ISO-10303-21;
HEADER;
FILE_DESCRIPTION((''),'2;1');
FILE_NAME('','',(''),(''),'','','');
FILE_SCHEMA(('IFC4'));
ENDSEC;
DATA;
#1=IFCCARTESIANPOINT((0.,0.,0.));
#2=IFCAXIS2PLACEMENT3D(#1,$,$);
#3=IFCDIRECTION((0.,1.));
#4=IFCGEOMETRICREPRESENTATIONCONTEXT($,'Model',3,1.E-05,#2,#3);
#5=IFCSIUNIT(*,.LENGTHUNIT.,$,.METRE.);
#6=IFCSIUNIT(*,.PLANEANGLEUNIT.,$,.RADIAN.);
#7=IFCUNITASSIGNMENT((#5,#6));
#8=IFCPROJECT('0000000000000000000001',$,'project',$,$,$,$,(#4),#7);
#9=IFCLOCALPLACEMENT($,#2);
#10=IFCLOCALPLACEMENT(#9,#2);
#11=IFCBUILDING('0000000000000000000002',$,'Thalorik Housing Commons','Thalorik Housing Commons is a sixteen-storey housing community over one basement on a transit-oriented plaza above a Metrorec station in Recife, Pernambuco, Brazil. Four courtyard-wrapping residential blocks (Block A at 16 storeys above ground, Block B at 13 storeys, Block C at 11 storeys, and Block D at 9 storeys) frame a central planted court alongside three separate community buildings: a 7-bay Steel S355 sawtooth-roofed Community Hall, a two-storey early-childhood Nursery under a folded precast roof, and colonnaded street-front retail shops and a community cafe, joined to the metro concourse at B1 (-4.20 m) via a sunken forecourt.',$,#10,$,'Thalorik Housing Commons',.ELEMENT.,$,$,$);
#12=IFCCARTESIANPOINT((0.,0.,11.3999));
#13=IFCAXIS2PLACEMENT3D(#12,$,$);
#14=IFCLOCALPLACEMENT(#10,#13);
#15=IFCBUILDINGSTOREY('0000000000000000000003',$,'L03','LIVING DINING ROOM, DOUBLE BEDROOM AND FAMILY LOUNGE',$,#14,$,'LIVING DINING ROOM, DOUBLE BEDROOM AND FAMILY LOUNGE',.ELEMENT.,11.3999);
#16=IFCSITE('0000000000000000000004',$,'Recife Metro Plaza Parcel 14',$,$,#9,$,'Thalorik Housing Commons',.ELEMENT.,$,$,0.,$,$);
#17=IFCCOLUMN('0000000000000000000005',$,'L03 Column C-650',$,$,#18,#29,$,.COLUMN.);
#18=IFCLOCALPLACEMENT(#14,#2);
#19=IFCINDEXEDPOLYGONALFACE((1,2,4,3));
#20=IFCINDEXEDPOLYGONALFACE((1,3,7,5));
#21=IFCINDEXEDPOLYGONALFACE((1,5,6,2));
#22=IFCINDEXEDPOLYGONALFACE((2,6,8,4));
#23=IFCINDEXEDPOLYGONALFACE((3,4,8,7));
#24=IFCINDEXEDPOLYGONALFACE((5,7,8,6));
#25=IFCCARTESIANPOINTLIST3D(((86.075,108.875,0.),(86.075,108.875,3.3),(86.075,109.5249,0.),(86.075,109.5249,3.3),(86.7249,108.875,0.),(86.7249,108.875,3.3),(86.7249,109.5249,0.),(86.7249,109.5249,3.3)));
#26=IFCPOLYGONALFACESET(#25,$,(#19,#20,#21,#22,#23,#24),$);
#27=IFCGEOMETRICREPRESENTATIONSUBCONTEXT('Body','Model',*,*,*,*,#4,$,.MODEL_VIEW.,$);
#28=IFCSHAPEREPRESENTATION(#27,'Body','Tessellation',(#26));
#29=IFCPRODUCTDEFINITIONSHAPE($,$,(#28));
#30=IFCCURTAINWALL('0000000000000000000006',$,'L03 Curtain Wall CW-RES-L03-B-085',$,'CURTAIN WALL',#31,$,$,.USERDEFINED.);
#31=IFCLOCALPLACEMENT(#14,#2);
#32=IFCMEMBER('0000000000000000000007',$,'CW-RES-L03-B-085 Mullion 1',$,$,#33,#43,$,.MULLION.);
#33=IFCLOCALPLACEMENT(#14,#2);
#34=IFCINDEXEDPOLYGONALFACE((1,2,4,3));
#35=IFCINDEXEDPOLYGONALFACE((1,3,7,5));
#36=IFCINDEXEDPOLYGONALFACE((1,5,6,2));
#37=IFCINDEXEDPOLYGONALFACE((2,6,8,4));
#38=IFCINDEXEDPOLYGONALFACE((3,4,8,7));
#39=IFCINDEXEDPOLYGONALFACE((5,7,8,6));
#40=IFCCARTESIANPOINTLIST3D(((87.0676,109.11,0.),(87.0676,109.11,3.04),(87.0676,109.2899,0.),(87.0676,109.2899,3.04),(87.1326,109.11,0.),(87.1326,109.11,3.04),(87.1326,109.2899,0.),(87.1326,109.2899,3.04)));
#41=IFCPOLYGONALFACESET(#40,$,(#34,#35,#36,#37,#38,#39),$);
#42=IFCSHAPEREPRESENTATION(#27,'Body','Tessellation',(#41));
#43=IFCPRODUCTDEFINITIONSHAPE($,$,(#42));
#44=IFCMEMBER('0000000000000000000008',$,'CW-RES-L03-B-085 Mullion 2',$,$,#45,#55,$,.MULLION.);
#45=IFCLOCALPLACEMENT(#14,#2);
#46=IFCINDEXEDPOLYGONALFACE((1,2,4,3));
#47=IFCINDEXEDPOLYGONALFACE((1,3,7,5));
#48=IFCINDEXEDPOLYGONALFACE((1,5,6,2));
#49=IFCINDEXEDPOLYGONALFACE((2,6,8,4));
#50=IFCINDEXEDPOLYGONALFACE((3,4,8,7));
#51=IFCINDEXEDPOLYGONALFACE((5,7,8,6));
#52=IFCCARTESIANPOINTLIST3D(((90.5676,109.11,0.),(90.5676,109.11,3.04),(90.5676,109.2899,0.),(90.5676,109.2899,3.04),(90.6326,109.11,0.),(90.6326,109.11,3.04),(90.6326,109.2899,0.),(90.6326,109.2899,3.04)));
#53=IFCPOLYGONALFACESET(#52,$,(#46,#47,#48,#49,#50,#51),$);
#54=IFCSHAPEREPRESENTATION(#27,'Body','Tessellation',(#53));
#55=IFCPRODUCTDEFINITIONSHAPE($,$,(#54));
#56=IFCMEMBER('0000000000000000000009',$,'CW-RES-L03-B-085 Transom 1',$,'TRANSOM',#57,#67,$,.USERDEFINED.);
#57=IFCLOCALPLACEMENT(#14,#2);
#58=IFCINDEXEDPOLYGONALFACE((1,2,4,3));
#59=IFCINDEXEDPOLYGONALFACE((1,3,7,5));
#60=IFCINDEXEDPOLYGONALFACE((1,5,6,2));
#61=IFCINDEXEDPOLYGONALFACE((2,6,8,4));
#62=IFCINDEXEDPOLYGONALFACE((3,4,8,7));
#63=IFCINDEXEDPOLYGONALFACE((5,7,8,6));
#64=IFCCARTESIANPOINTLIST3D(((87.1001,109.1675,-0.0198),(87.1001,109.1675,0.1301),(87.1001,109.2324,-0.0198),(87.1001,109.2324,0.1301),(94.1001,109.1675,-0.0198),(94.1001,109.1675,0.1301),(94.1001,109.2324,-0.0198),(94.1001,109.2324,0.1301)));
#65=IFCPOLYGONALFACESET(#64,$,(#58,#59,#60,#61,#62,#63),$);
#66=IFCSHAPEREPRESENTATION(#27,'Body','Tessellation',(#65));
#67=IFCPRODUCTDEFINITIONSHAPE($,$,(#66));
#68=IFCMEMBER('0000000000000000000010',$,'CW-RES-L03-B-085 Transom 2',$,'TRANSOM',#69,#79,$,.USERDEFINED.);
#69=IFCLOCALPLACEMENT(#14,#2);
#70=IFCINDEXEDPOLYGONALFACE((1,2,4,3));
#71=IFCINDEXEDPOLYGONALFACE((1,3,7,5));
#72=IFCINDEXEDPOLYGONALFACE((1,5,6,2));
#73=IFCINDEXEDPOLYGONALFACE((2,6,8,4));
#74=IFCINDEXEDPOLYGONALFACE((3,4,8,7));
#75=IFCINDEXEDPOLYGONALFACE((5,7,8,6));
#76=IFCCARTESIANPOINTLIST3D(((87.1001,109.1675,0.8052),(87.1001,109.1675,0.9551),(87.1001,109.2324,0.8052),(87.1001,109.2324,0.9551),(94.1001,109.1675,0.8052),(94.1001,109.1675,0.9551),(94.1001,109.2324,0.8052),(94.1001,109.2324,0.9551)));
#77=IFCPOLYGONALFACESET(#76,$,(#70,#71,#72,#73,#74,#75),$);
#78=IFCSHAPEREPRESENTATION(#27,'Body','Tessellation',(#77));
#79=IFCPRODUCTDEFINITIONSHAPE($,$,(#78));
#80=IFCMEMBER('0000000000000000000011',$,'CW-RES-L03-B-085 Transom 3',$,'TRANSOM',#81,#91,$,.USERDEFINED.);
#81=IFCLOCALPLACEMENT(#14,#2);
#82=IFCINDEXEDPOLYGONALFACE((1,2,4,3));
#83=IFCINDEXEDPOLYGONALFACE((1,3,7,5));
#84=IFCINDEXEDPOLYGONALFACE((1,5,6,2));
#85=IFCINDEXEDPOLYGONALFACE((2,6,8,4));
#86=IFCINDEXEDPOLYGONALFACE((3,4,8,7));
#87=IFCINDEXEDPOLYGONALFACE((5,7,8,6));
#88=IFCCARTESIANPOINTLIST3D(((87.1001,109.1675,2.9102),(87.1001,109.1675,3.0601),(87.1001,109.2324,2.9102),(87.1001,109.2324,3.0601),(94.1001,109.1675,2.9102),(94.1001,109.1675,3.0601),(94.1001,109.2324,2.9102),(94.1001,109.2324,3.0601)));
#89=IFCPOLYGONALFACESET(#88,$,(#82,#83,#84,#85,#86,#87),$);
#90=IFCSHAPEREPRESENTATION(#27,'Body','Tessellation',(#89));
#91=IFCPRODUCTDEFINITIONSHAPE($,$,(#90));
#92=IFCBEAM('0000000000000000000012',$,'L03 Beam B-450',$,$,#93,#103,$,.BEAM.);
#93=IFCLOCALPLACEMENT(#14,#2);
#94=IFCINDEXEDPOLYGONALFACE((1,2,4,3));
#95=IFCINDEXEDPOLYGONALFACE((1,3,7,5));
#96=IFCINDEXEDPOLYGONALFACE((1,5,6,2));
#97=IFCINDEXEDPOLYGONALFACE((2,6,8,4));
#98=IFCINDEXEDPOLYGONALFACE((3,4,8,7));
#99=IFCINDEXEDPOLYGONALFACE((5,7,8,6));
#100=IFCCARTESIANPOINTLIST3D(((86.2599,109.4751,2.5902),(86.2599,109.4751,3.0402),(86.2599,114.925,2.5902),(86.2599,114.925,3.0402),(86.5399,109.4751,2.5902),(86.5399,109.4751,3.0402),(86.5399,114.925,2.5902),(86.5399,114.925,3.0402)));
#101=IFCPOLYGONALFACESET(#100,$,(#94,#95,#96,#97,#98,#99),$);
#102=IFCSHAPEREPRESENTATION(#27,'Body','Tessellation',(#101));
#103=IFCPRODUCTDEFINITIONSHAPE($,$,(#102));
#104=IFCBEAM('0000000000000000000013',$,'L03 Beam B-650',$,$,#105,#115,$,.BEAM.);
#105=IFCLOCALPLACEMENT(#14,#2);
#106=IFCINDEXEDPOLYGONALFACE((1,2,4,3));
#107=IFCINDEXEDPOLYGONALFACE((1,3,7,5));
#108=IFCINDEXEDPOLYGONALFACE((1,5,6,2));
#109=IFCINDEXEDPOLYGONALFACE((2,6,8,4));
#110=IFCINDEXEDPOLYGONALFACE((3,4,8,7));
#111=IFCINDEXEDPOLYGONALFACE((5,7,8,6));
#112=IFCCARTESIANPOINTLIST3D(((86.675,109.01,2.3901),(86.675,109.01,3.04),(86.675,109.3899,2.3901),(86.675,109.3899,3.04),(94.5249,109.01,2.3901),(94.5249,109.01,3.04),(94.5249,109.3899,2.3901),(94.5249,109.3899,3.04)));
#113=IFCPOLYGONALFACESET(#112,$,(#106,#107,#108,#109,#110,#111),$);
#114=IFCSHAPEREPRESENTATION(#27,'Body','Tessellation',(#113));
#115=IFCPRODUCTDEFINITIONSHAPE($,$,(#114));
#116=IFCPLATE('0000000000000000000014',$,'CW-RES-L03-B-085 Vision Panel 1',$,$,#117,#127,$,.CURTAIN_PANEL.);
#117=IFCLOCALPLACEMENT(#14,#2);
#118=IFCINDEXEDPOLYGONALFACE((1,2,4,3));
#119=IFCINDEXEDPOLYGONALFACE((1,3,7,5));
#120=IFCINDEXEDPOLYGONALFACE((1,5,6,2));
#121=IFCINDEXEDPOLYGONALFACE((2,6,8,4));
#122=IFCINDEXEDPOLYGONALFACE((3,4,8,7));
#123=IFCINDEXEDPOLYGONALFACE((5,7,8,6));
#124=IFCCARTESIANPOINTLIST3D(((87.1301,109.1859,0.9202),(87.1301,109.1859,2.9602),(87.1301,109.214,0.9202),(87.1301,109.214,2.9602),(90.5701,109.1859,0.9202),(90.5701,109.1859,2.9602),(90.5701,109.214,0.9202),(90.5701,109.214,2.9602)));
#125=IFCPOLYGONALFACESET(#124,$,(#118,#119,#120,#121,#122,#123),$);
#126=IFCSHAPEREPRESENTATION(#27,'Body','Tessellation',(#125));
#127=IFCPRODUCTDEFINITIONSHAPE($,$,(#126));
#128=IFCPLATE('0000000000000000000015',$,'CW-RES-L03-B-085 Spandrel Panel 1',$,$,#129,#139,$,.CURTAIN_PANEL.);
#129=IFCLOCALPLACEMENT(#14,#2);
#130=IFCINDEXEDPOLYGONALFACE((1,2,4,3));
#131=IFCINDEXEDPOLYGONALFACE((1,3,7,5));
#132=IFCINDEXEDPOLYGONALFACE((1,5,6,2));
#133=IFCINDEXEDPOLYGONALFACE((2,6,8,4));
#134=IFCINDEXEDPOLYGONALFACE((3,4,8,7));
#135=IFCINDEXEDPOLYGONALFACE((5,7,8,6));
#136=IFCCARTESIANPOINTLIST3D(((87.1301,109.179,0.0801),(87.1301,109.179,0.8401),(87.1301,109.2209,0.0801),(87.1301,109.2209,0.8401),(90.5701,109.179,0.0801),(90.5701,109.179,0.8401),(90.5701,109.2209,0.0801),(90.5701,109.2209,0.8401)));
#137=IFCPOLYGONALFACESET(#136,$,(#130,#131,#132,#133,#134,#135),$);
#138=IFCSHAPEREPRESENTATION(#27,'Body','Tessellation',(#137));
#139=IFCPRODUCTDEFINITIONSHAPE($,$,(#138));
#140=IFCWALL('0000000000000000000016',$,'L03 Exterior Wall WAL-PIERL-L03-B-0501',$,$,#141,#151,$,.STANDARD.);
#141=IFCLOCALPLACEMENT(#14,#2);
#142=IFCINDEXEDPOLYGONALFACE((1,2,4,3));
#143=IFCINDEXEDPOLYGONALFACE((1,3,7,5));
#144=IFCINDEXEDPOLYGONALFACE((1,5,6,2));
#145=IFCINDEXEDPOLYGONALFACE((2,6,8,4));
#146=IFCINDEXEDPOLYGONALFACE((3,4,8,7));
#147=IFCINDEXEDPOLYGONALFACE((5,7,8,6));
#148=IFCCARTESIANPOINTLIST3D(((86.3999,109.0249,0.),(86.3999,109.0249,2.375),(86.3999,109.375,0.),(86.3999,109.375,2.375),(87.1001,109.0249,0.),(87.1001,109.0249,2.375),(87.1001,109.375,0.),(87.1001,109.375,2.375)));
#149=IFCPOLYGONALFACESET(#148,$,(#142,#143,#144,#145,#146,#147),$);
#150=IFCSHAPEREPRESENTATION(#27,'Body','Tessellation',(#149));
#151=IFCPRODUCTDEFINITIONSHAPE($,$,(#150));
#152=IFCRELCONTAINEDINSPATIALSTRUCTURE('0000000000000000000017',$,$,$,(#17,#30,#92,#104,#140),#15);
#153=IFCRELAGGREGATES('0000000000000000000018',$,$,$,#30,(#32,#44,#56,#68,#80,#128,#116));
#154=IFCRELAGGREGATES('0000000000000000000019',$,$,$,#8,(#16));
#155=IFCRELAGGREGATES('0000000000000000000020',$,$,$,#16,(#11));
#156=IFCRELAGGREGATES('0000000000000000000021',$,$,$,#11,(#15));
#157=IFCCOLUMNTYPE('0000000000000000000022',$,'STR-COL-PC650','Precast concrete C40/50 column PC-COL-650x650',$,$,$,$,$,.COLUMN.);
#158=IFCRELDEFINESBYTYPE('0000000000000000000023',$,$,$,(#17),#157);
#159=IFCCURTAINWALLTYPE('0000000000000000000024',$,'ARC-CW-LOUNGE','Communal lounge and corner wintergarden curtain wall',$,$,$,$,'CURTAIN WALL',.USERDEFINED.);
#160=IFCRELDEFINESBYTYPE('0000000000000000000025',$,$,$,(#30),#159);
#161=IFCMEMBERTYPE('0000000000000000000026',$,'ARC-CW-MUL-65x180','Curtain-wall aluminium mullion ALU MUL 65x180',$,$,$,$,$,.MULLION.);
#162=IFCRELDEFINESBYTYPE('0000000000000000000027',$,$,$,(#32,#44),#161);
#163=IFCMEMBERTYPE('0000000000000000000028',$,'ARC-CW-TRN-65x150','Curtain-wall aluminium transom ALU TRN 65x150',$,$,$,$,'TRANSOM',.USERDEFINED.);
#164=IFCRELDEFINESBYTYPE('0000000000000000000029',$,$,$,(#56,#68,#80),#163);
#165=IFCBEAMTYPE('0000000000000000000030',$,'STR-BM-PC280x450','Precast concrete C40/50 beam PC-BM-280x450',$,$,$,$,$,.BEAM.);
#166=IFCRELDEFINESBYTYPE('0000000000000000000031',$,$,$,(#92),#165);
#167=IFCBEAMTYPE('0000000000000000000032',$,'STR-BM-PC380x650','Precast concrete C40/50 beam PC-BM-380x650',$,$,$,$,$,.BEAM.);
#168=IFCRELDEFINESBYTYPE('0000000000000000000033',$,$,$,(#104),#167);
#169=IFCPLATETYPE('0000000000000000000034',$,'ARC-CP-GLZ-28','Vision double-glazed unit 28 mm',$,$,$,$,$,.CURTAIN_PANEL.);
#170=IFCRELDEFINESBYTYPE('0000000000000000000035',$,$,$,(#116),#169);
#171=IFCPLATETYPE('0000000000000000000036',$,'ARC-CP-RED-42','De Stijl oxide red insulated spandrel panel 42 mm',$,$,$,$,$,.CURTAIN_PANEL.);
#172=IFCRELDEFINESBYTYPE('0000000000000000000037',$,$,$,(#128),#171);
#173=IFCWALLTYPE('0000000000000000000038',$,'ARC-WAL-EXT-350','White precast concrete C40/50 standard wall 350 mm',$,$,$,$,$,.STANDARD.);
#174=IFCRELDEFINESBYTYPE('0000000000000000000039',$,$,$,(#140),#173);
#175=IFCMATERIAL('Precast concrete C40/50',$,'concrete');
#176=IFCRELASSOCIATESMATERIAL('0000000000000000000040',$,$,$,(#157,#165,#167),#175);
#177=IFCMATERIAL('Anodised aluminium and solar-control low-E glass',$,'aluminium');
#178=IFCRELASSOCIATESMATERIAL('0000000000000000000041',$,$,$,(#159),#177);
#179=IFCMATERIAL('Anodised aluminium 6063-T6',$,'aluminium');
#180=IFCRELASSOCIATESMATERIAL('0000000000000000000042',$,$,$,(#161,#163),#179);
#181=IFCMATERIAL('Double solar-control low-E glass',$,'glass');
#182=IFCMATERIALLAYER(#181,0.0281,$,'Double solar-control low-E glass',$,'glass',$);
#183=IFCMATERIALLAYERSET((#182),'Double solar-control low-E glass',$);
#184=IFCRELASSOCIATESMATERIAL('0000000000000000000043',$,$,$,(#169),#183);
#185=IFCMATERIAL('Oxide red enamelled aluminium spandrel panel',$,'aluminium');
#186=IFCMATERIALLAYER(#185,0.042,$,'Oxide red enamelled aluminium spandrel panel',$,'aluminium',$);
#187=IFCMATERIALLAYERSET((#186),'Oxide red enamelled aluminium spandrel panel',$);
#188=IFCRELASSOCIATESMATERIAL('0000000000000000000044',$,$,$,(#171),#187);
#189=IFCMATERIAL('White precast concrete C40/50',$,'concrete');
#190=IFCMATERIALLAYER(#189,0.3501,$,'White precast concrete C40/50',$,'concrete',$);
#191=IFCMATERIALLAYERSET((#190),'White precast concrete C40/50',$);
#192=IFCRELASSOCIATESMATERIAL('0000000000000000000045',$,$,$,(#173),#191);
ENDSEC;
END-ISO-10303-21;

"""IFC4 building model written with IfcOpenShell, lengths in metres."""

from ifc_helpers import new_model, si_unit, direction, frame, frame_2d, origin, origin_2d, place, context, subcontext, project, spatial, rectangle, extrude, material, layer, layer_set, material_profile, profile_set, type_object, element, aggregate, save


model = new_model("IFC4")

# Units and contexts
model_context = context("Model", 3, precision=1e-05, world=origin(), true_north=direction((0.0, 1.0)))
body_context = subcontext(model_context, "Body", "Model", "MODEL_VIEW")
ifc_project = project(units=[si_unit("LENGTHUNIT", "METRE"), si_unit("PLANEANGLEUNIT", "RADIAN")], contexts=[model_context])

# Site, building, storey
site_placement = place(None, origin())
site = spatial("IfcSite", under=ifc_project, at=site_placement, Name="Recife Metro Plaza Parcel 14", LongName="Thalorik Housing Commons", CompositionType="ELEMENT", RefElevation=0.0)
building_placement = place(site_placement, origin())
building = spatial("IfcBuilding", under=site, at=building_placement, Name="Thalorik Housing Commons", Description="Thalorik Housing Commons is a sixteen-storey housing community over one basement on a transit-oriented plaza above a Metrorec station in Recife, Pernambuco, Brazil. Four courtyard-wrapping residential blocks (Block A at 16 storeys above ground, Block B at 13 storeys, Block C at 11 storeys, and Block D at 9 storeys) frame a central planted court alongside three separate community buildings: a 7-bay Steel S355 sawtooth-roofed Community Hall, a two-storey early-childhood Nursery under a folded precast roof, and colonnaded street-front retail shops and a community cafe, joined to the metro concourse at B1 (-4.20 m) via a sunken forecourt.", LongName="Thalorik Housing Commons", CompositionType="ELEMENT")
storey_placement = place(building_placement, frame((0.0, 0.0, 11.3999)))
storey = spatial("IfcBuildingStorey", under=building, at=storey_placement, Name="L03", Description="LIVING DINING ROOM, DOUBLE BEDROOM AND FAMILY LOUNGE", LongName="LIVING DINING ROOM, DOUBLE BEDROOM AND FAMILY LOUNGE", CompositionType="ELEMENT", Elevation=11.3999)

# Column
ifc_material_1 = material(Name="Precast concrete C40/50", Category="concrete")
ifc_material_profile_1 = material_profile(ifc_material_1, rectangle(XDim=0.6499, YDim=0.6499, at=origin_2d()), Name="PC 650x650", Category="concrete")
ifc_profile_set_1 = profile_set([ifc_material_profile_1], Name="Precast concrete C40/50")
column_type = type_object("IfcColumnType", Name="STR-COL-PC650", Description="Precast concrete C40/50 column PC-COL-650x650", PredefinedType="COLUMN", material=ifc_profile_set_1)
column_placement = place(storey_placement, frame((86.3999, 109.2, 0.0), z_axis=(0.0, 0.0, 1.0), x_axis=(1.0, 0.0, 0.0)))
element("IfcColumn", 1, at=column_placement, inside=storey, type_object=column_type, Name="L03 Column C-650", PredefinedType="COLUMN", context=body_context, shape_type="SweptSolid", body=[
    extrude(rectangle(XDim=0.6499, YDim=0.6499, at=origin_2d()), origin(), (0.0, 0.0, 1.0), 3.3),
])

# Curtain wall, members
ifc_material_2 = material(Name="Anodised aluminium and solar-control low-E glass", Category="aluminium")
curtain_wall_type = type_object("IfcCurtainWallType", Name="ARC-CW-LOUNGE", Description="Communal lounge and corner wintergarden curtain wall", ElementType="CURTAIN WALL", PredefinedType="USERDEFINED", material=ifc_material_2)
curtain_wall_placement = place(storey_placement, origin())
curtain_wall = element("IfcCurtainWall", 2, at=curtain_wall_placement, inside=storey, type_object=curtain_wall_type, Name="L03 Curtain Wall CW-RES-L03-B-085", ObjectType="CURTAIN WALL", PredefinedType="USERDEFINED")
ifc_material_3 = material(Name="Anodised aluminium 6063-T6", Category="aluminium")
ifc_material_profile_2 = material_profile(ifc_material_3, rectangle(XDim=0.0649, YDim=0.1799, at=origin_2d()), Name="ALU MUL 65x180", Category="aluminium")
ifc_profile_set_2 = profile_set([ifc_material_profile_2], Name="Anodised aluminium 6063-T6")
member_type_1 = type_object("IfcMemberType", Name="ARC-CW-MUL-65x180", Description="Curtain-wall aluminium mullion ALU MUL 65x180", PredefinedType="MULLION", material=ifc_profile_set_2)
member_1_placement = place(storey_placement, frame((87.1001, 109.2, 0.0), z_axis=(0.0, 0.0, 1.0), x_axis=(1.0, 0.0, 0.0)))
member_1 = element("IfcMember", 3, at=member_1_placement, type_object=member_type_1, Name="CW-RES-L03-B-085 Mullion 1", PredefinedType="MULLION", context=body_context, shape_type="SweptSolid", body=[
    extrude(rectangle(XDim=0.0649, YDim=0.1799, at=origin_2d()), origin(), (0.0, 0.0, 1.0), 3.04),
])
member_2_placement = place(storey_placement, frame((90.6001, 109.2, 0.0), z_axis=(0.0, 0.0, 1.0), x_axis=(1.0, 0.0, 0.0)))
member_2 = element("IfcMember", 4, at=member_2_placement, type_object=member_type_1, Name="CW-RES-L03-B-085 Mullion 2", PredefinedType="MULLION", context=body_context, shape_type="SweptSolid", body=[
    extrude(rectangle(XDim=0.0649, YDim=0.1799, at=origin_2d()), origin(), (0.0, 0.0, 1.0), 3.04),
])
ifc_material_profile_3 = material_profile(ifc_material_3, rectangle(XDim=0.0649, YDim=0.1499, at=origin_2d()), Name="ALU TRN 65x150", Category="aluminium")
ifc_profile_set_3 = profile_set([ifc_material_profile_3], Name="Anodised aluminium 6063-T6")
member_type_2 = type_object("IfcMemberType", Name="ARC-CW-TRN-65x150", Description="Curtain-wall aluminium transom ALU TRN 65x150", ElementType="TRANSOM", PredefinedType="USERDEFINED", material=ifc_profile_set_3)
member_3_placement = place(storey_placement, frame((87.1001, 109.2, 0.0552), z_axis=(1.0, 0.0, 0.0), x_axis=(0.0, 1.0, 0.0)))
member_3 = element("IfcMember", 5, at=member_3_placement, type_object=member_type_2, Name="CW-RES-L03-B-085 Transom 1", ObjectType="TRANSOM", PredefinedType="USERDEFINED", context=body_context, shape_type="SweptSolid", body=[
    extrude(rectangle(XDim=0.0649, YDim=0.1499, at=origin_2d()), origin(), (0.0, 0.0, 1.0), 7.0),
])
member_4_placement = place(storey_placement, frame((87.1001, 109.2, 0.8801), z_axis=(1.0, 0.0, 0.0), x_axis=(0.0, 1.0, 0.0)))
member_4 = element("IfcMember", 6, at=member_4_placement, type_object=member_type_2, Name="CW-RES-L03-B-085 Transom 2", ObjectType="TRANSOM", PredefinedType="USERDEFINED", context=body_context, shape_type="SweptSolid", body=[
    extrude(rectangle(XDim=0.0649, YDim=0.1499, at=origin_2d()), origin(), (0.0, 0.0, 1.0), 7.0),
])
member_5_placement = place(storey_placement, frame((87.1001, 109.2, 2.9851), z_axis=(1.0, 0.0, 0.0), x_axis=(0.0, 1.0, 0.0)))
member_5 = element("IfcMember", 7, at=member_5_placement, type_object=member_type_2, Name="CW-RES-L03-B-085 Transom 3", ObjectType="TRANSOM", PredefinedType="USERDEFINED", context=body_context, shape_type="SweptSolid", body=[
    extrude(rectangle(XDim=0.0649, YDim=0.1499, at=origin_2d()), origin(), (0.0, 0.0, 1.0), 7.0),
])

# Beams
ifc_material_profile_4 = material_profile(ifc_material_1, rectangle(XDim=0.28, YDim=0.45, at=origin_2d()), Name="PC 280x450", Category="concrete")
ifc_profile_set_4 = profile_set([ifc_material_profile_4], Name="Precast concrete C40/50")
beam_type_1 = type_object("IfcBeamType", Name="STR-BM-PC280x450", Description="Precast concrete C40/50 beam PC-BM-280x450", PredefinedType="BEAM", material=ifc_profile_set_4)
beam_1_placement = place(storey_placement, frame((86.3999, 109.4751, 2.8152), z_axis=(0.0, 1.0, 0.0), x_axis=(-1.0, 0.0, 0.0)))
element("IfcBeam", 8, at=beam_1_placement, inside=storey, type_object=beam_type_1, Name="L03 Beam B-450", PredefinedType="BEAM", context=body_context, shape_type="SweptSolid", body=[
    extrude(rectangle(XDim=0.28, YDim=0.45, at=origin_2d()), origin(), (0.0, 0.0, 1.0), 5.45),
])
ifc_material_profile_5 = material_profile(ifc_material_1, rectangle(XDim=0.3799, YDim=0.6499, at=origin_2d()), Name="PC 380x650", Category="concrete")
ifc_profile_set_5 = profile_set([ifc_material_profile_5], Name="Precast concrete C40/50")
beam_type_2 = type_object("IfcBeamType", Name="STR-BM-PC380x650", Description="Precast concrete C40/50 beam PC-BM-380x650", PredefinedType="BEAM", material=ifc_profile_set_5)
beam_2_placement = place(storey_placement, frame((86.675, 109.2, 2.7151), z_axis=(1.0, 0.0, 0.0), x_axis=(0.0, 1.0, 0.0)))
element("IfcBeam", 9, at=beam_2_placement, inside=storey, type_object=beam_type_2, Name="L03 Beam B-650", PredefinedType="BEAM", context=body_context, shape_type="SweptSolid", body=[
    extrude(rectangle(XDim=0.3799, YDim=0.6499, at=origin_2d()), origin(), (0.0, 0.0, 1.0), 7.8499),
])

# Plates
ifc_material_4 = material(Name="Double solar-control low-E glass", Category="glass")
ifc_layer_1 = layer(ifc_material_4, 0.0281, Name="Double solar-control low-E glass", Category="glass")
ifc_layer_set_1 = layer_set([ifc_layer_1], Name="Double solar-control low-E glass")
plate_type_1 = type_object("IfcPlateType", Name="ARC-CP-GLZ-28", Description="Vision double-glazed unit 28 mm", PredefinedType="CURTAIN_PANEL", material=ifc_layer_set_1)
plate_1_placement = place(storey_placement, frame((88.8501, 109.2, 0.9202), z_axis=(0.0, 0.0, 1.0), x_axis=(1.0, 0.0, 0.0)))
plate_1 = element("IfcPlate", 10, at=plate_1_placement, type_object=plate_type_1, Name="CW-RES-L03-B-085 Vision Panel 1", PredefinedType="CURTAIN_PANEL", context=body_context, shape_type="SweptSolid", body=[
    extrude(rectangle(XDim=3.4399, YDim=0.0281, at=origin_2d()), origin(), (0.0, 0.0, 1.0), 2.04),
])
ifc_material_5 = material(Name="Oxide red enamelled aluminium spandrel panel", Category="aluminium")
ifc_layer_2 = layer(ifc_material_5, 0.042, Name="Oxide red enamelled aluminium spandrel panel", Category="aluminium")
ifc_layer_set_2 = layer_set([ifc_layer_2], Name="Oxide red enamelled aluminium spandrel panel")
plate_type_2 = type_object("IfcPlateType", Name="ARC-CP-RED-42", Description="De Stijl oxide red insulated spandrel panel 42 mm", PredefinedType="CURTAIN_PANEL", material=ifc_layer_set_2)
plate_2_placement = place(storey_placement, frame((88.8501, 109.2, 0.0801), z_axis=(0.0, 0.0, 1.0), x_axis=(1.0, 0.0, 0.0)))
plate_2 = element("IfcPlate", 11, at=plate_2_placement, type_object=plate_type_2, Name="CW-RES-L03-B-085 Spandrel Panel 1", PredefinedType="CURTAIN_PANEL", context=body_context, shape_type="SweptSolid", body=[
    extrude(rectangle(XDim=3.4399, YDim=0.042, at=origin_2d()), origin(), (0.0, 0.0, 1.0), 0.76),
])
aggregate(curtain_wall, [member_1, member_2, member_3, member_4, member_5, plate_2, plate_1])

# Wall
ifc_material_6 = material(Name="White precast concrete C40/50", Category="concrete")
ifc_layer_3 = layer(ifc_material_6, 0.3501, Name="White precast concrete C40/50", Category="concrete")
ifc_layer_set_3 = layer_set([ifc_layer_3], Name="White precast concrete C40/50")
wall_type_1 = type_object("IfcWallType", Name="ARC-WAL-EXT-350", Description="White precast concrete C40/50 standard wall 350 mm", PredefinedType="STANDARD", material=ifc_layer_set_3)
wall_1_placement = place(storey_placement, frame((86.3999, 109.2, 0.0), z_axis=(0.0, 0.0, 1.0), x_axis=(1.0, 0.0, 0.0)))
element("IfcWall", 12, at=wall_1_placement, inside=storey, type_object=wall_type_1, Name="L03 Exterior Wall WAL-PIERL-L03-B-0501", PredefinedType="STANDARD", context=body_context, shape_type="SweptSolid", body=[
    extrude(rectangle(XDim=0.7002, YDim=0.3501, at=frame_2d((0.3501, 0.0))), origin(), (0.0, 0.0, 1.0), 2.375),
])

save(model, "model.ifc")
